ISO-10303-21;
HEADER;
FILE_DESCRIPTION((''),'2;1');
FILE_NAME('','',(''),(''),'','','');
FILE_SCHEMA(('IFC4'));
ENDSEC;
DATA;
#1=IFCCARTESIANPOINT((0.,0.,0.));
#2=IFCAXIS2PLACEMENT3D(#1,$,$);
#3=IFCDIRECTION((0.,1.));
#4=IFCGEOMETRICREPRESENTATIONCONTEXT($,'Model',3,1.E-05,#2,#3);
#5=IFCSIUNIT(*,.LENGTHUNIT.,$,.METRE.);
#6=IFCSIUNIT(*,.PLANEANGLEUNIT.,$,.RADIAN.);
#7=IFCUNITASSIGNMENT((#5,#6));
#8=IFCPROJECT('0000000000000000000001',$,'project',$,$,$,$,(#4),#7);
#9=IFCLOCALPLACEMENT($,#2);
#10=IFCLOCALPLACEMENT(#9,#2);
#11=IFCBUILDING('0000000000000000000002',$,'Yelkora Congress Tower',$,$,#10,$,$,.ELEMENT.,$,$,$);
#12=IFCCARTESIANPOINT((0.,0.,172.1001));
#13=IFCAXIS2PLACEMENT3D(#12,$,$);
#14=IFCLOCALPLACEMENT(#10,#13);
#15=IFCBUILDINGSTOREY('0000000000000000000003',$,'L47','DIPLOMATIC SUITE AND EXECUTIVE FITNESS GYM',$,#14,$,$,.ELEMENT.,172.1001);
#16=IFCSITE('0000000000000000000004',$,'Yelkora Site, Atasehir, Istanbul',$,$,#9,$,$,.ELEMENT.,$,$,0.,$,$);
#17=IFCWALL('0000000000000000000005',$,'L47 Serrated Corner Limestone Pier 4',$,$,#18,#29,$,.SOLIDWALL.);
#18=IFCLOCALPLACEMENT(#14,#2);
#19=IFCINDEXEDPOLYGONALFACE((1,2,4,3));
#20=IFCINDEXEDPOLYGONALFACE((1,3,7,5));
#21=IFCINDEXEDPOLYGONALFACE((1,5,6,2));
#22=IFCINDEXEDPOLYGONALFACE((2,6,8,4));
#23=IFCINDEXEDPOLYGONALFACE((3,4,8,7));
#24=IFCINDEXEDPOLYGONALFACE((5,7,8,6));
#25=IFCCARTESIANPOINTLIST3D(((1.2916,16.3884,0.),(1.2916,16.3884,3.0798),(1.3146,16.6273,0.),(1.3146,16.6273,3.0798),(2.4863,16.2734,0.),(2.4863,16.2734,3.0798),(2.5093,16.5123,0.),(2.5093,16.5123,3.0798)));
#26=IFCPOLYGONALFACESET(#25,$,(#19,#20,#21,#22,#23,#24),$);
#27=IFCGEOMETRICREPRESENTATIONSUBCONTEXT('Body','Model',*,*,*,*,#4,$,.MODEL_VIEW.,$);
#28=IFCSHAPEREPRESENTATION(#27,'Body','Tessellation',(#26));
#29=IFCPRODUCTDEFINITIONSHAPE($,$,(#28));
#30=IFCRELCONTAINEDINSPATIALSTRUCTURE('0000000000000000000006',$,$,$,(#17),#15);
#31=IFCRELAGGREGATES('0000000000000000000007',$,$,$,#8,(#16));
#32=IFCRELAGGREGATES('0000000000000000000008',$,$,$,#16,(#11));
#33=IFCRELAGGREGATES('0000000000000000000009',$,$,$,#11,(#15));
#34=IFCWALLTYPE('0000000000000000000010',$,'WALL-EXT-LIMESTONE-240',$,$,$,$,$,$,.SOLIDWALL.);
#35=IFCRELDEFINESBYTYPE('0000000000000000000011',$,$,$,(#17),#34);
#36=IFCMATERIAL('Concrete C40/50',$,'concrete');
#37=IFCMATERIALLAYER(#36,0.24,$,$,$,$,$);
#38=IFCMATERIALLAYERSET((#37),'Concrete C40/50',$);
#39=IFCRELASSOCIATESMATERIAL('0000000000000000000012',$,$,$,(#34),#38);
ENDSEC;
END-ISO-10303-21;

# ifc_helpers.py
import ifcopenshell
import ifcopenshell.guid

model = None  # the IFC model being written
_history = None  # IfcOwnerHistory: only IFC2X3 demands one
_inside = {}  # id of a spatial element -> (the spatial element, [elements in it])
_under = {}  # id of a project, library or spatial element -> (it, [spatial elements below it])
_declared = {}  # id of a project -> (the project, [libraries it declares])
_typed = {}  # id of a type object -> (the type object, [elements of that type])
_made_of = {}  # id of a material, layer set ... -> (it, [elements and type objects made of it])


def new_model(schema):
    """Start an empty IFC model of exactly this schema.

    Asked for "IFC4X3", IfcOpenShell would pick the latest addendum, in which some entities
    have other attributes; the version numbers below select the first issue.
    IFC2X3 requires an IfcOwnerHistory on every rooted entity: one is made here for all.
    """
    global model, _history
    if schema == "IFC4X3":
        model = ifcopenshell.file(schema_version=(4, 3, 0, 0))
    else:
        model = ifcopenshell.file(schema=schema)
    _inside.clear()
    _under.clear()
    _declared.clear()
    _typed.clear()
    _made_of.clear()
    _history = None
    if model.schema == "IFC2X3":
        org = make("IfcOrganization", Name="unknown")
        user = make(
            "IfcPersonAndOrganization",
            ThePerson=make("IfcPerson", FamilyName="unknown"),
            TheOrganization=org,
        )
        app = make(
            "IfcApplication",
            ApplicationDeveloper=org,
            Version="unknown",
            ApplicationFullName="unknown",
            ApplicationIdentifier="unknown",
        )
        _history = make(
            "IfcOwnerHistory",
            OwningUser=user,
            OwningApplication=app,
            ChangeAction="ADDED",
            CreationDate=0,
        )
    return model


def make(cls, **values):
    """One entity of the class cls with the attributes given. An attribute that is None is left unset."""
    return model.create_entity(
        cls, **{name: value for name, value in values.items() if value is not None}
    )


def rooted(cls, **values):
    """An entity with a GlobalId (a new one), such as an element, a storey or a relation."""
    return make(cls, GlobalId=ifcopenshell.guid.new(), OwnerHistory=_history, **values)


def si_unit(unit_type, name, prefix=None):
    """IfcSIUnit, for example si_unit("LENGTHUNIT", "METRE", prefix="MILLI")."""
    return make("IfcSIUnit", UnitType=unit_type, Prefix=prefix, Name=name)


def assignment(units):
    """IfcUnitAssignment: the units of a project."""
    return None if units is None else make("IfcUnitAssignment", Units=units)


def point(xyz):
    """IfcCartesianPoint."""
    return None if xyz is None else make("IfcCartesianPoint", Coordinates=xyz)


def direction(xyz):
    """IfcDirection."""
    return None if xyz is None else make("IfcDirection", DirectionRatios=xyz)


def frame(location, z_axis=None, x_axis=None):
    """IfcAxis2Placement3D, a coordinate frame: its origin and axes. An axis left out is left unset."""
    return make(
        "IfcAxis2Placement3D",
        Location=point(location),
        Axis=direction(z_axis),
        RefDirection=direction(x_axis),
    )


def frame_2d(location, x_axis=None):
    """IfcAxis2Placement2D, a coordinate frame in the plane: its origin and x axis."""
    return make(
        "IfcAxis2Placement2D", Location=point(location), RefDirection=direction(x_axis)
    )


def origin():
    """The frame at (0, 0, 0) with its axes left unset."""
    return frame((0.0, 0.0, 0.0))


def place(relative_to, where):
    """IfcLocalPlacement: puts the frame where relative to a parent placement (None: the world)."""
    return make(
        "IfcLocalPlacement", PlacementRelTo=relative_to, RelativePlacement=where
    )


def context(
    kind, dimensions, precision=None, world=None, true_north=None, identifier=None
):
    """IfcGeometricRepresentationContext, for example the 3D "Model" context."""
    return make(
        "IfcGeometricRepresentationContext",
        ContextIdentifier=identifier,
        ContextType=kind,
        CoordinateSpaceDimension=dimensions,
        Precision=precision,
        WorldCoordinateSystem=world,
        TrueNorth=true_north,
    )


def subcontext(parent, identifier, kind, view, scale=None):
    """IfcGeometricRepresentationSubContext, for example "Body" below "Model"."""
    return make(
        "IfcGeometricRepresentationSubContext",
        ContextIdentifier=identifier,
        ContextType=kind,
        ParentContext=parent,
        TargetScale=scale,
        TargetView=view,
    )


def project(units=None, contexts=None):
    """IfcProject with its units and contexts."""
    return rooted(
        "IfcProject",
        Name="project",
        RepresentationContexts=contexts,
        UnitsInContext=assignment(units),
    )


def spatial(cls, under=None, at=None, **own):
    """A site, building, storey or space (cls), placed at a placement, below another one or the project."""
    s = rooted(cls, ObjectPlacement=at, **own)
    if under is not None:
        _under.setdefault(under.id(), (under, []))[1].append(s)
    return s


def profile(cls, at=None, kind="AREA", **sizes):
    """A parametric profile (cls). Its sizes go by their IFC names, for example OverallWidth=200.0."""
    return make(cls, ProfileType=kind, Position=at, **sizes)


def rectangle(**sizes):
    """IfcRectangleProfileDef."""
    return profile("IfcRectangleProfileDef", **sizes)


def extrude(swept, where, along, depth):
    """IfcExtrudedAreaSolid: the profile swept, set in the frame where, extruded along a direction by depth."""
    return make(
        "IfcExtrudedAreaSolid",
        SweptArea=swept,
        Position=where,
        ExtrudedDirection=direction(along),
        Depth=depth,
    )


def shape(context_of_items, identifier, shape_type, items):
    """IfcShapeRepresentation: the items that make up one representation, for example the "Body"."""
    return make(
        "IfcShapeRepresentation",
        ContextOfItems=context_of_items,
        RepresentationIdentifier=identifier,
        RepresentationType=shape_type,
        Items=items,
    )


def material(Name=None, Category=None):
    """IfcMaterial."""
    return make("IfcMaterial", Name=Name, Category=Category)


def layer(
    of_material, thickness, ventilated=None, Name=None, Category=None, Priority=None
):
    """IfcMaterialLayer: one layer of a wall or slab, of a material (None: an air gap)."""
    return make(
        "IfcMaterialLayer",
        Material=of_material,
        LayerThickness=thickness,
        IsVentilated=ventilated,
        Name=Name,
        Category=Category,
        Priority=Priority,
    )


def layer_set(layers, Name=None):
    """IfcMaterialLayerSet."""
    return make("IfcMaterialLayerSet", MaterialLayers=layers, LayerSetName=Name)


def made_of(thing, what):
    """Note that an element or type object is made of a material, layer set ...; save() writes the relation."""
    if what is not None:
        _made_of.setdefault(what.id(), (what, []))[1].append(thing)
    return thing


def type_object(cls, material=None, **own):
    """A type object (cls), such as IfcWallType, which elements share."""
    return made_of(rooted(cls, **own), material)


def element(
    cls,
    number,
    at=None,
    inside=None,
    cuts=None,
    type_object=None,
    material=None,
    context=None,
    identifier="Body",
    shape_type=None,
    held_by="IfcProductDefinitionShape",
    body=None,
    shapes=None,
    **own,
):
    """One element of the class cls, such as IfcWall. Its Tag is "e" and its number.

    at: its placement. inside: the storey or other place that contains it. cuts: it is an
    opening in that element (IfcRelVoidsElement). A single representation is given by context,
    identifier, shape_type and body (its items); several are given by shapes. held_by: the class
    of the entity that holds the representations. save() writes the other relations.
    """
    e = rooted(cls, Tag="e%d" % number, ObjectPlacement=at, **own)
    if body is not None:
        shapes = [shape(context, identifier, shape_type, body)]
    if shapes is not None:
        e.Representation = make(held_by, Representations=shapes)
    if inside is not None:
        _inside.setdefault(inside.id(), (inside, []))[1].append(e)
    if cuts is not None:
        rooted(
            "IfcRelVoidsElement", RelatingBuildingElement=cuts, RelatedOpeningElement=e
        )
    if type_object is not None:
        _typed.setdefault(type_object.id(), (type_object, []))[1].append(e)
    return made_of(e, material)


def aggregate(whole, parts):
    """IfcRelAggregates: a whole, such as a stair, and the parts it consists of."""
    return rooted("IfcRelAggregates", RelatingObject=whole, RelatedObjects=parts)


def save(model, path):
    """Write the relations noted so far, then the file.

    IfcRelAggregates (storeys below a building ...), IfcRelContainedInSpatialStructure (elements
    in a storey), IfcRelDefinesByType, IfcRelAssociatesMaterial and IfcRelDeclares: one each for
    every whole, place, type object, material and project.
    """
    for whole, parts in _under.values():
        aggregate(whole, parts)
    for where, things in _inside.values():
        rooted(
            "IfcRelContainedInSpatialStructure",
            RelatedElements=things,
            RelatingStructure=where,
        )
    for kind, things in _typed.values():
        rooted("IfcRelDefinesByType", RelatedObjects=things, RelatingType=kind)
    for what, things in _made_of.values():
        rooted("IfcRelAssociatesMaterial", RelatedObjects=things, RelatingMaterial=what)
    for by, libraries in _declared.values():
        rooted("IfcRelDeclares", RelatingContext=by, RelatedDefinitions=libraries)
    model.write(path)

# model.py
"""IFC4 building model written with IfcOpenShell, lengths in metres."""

from ifc_helpers import new_model, si_unit, direction, frame, frame_2d, origin, place, context, subcontext, project, spatial, rectangle, extrude, material, layer, layer_set, type_object, element, save


model = new_model("IFC4")

# Units and contexts
model_context = context("Model", 3, precision=1e-05, world=origin(), true_north=direction((0.0, 1.0)))
body_context = subcontext(model_context, "Body", "Model", "MODEL_VIEW")
ifc_project = project(units=[si_unit("LENGTHUNIT", "METRE"), si_unit("PLANEANGLEUNIT", "RADIAN")], contexts=[model_context])

# Site, building, storey
site_placement = place(None, origin())
site = spatial("IfcSite", under=ifc_project, at=site_placement, Name="Yelkora Site, Atasehir, Istanbul", CompositionType="ELEMENT", RefElevation=0.0)
building_placement = place(site_placement, origin())
building = spatial("IfcBuilding", under=site, at=building_placement, Name="Yelkora Congress Tower", CompositionType="ELEMENT")
storey_placement = place(building_placement, frame((0.0, 0.0, 172.1001)))
storey = spatial("IfcBuildingStorey", under=building, at=storey_placement, Name="L47", Description="DIPLOMATIC SUITE AND EXECUTIVE FITNESS GYM", CompositionType="ELEMENT", Elevation=172.1001)

# Wall
ifc_material_1 = material(Name="Concrete C40/50", Category="concrete")
ifc_layer_1 = layer(ifc_material_1, 0.24)
ifc_layer_set_1 = layer_set([ifc_layer_1], Name="Concrete C40/50")
wall_type_1 = type_object("IfcWallType", Name="WALL-EXT-LIMESTONE-240", PredefinedType="SOLIDWALL", material=ifc_layer_set_1)
wall_1_placement = place(storey_placement, frame((2.4978, 16.3928, 0.0), z_axis=(0.0, 0.0, 1.0), x_axis=(-0.995399, 0.095817, 0.0)))
element("IfcWall", 1, at=wall_1_placement, inside=storey, type_object=wall_type_1, Name="L47 Serrated Corner Limestone Pier 4", PredefinedType="SOLIDWALL", context=body_context, shape_type="SweptSolid", body=[
    extrude(rectangle(XDim=1.2002, YDim=0.24, at=frame_2d((0.6001, 0.0))), origin(), (0.0, 0.0, 1.0), 3.0798),
])

save(model, "model.ifc")
